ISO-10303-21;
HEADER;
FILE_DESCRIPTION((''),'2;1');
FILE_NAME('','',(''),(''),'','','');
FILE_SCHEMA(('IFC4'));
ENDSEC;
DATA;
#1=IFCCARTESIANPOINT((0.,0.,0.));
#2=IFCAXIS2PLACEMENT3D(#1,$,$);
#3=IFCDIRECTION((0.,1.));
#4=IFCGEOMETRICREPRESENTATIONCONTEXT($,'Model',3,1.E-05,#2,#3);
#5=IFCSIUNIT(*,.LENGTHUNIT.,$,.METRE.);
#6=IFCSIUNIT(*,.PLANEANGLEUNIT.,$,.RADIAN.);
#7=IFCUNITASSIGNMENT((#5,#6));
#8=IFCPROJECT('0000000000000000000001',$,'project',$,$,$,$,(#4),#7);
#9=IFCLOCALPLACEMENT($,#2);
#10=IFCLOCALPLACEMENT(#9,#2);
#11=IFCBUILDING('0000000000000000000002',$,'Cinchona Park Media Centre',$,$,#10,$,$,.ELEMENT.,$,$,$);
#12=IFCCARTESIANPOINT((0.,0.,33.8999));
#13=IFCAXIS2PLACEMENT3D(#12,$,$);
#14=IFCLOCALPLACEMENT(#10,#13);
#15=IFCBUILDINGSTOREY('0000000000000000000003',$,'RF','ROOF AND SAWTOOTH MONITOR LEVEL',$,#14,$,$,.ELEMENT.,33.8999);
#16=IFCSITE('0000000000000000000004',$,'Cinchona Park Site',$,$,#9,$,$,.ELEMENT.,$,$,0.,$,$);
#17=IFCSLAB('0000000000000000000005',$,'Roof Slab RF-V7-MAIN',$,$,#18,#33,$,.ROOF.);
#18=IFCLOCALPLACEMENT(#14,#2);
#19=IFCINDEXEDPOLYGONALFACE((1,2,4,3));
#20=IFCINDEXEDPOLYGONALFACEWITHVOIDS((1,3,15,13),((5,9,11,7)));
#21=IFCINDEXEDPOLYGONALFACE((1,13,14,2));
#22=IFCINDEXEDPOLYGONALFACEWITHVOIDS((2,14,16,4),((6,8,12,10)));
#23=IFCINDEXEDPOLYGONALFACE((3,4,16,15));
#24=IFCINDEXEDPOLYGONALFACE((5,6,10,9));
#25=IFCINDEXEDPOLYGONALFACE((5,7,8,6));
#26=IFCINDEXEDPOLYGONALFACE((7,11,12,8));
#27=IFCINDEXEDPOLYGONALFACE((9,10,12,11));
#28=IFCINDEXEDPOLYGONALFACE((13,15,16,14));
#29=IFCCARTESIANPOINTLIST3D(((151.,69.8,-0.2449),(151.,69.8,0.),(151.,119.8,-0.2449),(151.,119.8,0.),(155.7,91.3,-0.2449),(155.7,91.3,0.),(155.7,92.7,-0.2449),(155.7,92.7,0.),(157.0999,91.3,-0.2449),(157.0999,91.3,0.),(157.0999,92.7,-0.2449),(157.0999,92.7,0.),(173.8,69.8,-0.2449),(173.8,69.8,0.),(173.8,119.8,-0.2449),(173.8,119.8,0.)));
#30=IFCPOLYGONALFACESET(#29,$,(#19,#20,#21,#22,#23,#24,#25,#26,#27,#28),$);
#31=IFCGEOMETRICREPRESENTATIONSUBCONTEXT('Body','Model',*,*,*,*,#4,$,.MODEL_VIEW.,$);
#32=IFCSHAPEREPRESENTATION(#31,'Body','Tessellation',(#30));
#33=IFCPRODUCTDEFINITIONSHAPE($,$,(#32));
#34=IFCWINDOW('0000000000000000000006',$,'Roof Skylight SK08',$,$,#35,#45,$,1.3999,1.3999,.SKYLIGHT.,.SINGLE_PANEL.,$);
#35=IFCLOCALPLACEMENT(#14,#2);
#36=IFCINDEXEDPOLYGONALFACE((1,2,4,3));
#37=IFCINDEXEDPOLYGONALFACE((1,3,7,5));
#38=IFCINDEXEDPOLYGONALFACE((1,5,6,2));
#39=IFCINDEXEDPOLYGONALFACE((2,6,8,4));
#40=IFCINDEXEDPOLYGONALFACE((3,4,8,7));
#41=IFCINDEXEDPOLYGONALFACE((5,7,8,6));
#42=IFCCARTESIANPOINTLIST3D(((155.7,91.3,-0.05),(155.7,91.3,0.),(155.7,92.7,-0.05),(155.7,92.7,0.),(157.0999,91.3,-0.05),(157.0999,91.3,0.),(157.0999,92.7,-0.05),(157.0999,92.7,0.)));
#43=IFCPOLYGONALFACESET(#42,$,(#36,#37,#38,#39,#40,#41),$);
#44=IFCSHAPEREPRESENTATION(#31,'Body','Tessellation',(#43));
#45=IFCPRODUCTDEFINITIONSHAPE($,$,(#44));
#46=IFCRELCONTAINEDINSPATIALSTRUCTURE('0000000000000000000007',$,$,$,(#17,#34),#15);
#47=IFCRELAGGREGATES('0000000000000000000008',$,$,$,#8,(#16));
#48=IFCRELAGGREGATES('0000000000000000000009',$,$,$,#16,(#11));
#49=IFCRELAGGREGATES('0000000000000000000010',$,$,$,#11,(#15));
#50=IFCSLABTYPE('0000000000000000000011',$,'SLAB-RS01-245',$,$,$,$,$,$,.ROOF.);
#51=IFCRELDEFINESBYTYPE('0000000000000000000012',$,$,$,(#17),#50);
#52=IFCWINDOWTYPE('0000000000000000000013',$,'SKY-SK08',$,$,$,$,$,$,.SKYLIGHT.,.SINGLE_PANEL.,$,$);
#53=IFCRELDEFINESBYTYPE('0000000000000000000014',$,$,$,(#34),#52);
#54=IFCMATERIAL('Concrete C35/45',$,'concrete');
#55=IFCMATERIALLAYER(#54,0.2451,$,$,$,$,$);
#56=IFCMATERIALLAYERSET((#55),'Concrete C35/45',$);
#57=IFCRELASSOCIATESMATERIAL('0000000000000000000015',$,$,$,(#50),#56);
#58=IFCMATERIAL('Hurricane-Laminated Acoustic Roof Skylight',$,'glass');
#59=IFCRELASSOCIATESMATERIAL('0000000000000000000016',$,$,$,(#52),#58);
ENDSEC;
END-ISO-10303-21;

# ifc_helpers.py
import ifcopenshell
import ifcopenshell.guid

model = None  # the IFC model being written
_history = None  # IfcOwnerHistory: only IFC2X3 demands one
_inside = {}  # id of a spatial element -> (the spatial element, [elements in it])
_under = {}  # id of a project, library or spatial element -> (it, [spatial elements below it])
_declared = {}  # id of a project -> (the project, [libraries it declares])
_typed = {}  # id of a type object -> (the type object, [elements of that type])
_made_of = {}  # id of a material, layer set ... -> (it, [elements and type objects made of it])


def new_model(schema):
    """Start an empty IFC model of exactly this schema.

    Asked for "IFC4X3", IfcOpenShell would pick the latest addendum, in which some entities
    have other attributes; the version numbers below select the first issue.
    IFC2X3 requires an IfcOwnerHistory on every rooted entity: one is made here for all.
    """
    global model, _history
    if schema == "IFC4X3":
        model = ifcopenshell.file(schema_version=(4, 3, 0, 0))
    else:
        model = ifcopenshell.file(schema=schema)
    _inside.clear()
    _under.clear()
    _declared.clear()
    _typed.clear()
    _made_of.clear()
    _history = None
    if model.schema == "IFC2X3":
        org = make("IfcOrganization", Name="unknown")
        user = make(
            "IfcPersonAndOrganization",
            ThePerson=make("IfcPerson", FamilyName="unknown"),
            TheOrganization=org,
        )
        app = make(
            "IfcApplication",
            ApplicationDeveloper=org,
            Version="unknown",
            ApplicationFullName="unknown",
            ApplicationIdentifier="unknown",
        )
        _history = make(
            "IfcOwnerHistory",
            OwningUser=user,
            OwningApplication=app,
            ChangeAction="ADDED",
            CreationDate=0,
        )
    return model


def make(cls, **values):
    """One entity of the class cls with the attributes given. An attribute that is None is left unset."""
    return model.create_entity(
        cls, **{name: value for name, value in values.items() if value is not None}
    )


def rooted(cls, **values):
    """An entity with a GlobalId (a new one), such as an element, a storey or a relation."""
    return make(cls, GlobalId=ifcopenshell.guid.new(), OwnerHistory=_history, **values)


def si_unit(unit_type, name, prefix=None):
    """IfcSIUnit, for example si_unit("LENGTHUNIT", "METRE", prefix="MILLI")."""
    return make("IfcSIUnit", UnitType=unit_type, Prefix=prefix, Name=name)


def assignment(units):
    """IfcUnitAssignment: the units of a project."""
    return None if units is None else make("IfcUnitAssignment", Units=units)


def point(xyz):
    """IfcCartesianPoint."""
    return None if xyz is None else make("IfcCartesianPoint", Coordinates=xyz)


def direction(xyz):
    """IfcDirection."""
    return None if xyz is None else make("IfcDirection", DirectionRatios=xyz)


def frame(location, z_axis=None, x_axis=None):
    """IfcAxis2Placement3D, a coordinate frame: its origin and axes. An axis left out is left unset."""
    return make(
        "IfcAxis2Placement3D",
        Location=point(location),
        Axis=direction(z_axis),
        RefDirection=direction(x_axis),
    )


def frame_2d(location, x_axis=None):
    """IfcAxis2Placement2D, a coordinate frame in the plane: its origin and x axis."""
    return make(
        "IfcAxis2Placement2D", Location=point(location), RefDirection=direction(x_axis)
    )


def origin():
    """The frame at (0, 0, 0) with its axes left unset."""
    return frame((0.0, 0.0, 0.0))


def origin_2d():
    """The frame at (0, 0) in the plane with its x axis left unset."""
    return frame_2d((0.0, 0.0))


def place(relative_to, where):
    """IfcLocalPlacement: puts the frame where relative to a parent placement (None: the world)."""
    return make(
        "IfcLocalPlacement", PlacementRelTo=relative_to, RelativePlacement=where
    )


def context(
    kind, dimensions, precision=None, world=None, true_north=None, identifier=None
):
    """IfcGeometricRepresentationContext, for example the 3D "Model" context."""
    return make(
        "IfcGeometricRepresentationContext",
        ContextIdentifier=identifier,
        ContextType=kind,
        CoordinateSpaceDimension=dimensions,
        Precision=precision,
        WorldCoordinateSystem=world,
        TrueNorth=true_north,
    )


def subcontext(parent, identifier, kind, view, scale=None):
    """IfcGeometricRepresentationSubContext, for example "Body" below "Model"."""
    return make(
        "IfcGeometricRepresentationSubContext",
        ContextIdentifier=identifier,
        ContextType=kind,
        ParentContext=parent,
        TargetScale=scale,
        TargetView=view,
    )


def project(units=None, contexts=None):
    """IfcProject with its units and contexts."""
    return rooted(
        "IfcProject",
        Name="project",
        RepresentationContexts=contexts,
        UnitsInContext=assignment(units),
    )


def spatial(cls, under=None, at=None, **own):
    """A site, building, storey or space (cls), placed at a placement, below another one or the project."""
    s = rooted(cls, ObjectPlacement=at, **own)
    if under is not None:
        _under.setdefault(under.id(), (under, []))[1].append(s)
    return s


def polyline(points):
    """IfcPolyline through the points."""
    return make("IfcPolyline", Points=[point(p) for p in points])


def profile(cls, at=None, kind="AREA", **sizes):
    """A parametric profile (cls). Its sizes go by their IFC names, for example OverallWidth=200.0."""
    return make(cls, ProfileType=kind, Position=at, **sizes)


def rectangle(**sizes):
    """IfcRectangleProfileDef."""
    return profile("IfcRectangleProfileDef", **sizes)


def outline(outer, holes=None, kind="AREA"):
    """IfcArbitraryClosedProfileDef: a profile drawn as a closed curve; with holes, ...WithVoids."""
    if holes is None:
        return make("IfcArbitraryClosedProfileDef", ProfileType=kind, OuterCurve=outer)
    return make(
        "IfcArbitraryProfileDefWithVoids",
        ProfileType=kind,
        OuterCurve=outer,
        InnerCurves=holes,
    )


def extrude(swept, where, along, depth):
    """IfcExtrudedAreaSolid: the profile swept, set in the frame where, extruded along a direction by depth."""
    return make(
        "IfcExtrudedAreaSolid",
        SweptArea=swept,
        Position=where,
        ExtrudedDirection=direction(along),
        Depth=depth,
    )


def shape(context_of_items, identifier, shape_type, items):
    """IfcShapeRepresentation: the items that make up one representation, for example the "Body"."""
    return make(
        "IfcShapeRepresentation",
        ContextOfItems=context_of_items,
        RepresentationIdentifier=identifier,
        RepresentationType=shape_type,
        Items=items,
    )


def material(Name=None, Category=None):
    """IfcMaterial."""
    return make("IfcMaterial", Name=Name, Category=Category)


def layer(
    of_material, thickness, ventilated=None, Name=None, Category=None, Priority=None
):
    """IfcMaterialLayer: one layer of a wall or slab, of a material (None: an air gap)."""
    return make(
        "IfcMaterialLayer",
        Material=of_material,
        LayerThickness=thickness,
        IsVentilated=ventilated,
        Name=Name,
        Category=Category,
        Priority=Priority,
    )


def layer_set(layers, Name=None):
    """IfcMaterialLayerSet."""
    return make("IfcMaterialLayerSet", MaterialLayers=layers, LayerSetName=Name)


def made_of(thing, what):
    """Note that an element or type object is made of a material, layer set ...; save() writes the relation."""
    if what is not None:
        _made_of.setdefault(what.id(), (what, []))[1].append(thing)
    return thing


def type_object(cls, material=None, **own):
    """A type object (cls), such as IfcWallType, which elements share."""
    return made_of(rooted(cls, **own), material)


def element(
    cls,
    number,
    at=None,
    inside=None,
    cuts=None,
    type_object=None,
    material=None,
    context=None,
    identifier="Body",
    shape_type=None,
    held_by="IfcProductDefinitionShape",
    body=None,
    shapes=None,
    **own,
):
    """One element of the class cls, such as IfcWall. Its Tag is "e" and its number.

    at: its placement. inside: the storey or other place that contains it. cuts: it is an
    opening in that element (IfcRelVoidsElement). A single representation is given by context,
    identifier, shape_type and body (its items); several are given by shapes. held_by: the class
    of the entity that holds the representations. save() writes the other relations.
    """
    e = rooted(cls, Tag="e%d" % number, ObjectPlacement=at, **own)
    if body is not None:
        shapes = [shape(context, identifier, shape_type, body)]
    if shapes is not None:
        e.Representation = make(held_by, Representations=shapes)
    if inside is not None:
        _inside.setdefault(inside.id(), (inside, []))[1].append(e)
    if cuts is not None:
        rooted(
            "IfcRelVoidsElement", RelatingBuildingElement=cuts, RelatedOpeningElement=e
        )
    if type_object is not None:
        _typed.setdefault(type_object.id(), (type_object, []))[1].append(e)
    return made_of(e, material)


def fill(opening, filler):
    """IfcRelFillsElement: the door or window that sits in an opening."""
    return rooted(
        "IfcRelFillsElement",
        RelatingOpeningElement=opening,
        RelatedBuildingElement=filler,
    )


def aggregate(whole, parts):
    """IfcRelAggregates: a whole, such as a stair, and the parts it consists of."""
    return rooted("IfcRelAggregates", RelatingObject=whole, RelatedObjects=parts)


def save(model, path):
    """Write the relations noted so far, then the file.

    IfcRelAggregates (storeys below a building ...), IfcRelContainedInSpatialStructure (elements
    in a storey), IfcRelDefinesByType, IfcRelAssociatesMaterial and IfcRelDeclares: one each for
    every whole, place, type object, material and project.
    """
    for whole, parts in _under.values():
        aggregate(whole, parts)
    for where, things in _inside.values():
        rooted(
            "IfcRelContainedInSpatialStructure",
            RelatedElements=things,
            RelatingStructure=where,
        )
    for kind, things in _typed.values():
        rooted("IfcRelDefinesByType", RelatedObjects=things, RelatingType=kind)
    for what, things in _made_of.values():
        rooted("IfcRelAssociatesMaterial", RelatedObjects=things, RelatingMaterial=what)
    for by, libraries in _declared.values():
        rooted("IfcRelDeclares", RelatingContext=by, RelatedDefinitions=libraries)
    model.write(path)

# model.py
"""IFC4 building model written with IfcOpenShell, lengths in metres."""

from ifc_helpers import new_model, si_unit, direction, frame, origin, origin_2d, place, context, subcontext, project, spatial, polyline, rectangle, outline, extrude, material, layer, layer_set, type_object, element, fill, save


model = new_model("IFC4")

# Units and contexts
model_context = context("Model", 3, precision=1e-05, world=origin(), true_north=direction((0.0, 1.0)))
body_context = subcontext(model_context, "Body", "Model", "MODEL_VIEW")
ifc_project = project(units=[si_unit("LENGTHUNIT", "METRE"), si_unit("PLANEANGLEUNIT", "RADIAN")], contexts=[model_context])

# Site, building, storey
site_placement = place(None, origin())
site = spatial("IfcSite", under=ifc_project, at=site_placement, Name="Cinchona Park Site", CompositionType="ELEMENT", RefElevation=0.0)
building_placement = place(site_placement, origin())
building = spatial("IfcBuilding", under=site, at=building_placement, Name="Cinchona Park Media Centre", CompositionType="ELEMENT")
storey_placement = place(building_placement, frame((0.0, 0.0, 33.8999)))
storey = spatial("IfcBuildingStorey", under=building, at=storey_placement, Name="RF", Description="ROOF AND SAWTOOTH MONITOR LEVEL", CompositionType="ELEMENT", Elevation=33.8999)

# Slab, opening, window
ifc_material_1 = material(Name="Concrete C35/45", Category="concrete")
ifc_layer = layer(ifc_material_1, 0.2451)
ifc_layer_set = layer_set([ifc_layer], Name="Concrete C35/45")
slab_type = type_object("IfcSlabType", Name="SLAB-RS01-245", PredefinedType="ROOF", material=ifc_layer_set)
slab_placement = place(storey_placement, frame((0.0, 0.0, -0.2449)))
slab = element("IfcSlab", 1, at=slab_placement, inside=storey, type_object=slab_type, Name="Roof Slab RF-V7-MAIN", PredefinedType="ROOF", context=body_context, shape_type="SweptSolid", body=[
    extrude(outline(polyline([(151.0, 69.8), (173.8, 69.8), (173.8, 119.8), (151.0, 119.8), (151.0, 69.8)])), origin(), (0.0, 0.0, 1.0), 0.2449),
])
opening_placement = place(slab_placement, frame((156.3999, 92.0, 0.0)))
opening = element("IfcOpeningElement", 2, at=opening_placement, cuts=slab, PredefinedType="OPENING", context=body_context, shape_type="SweptSolid", body=[
    extrude(rectangle(XDim=1.3999, YDim=1.3999, at=origin_2d()), origin(), (0.0, 0.0, 1.0), 0.2449),
])
ifc_material_2 = material(Name="Hurricane-Laminated Acoustic Roof Skylight", Category="glass")
window_type = type_object("IfcWindowType", Name="SKY-SK08", PartitioningType="SINGLE_PANEL", PredefinedType="SKYLIGHT", material=ifc_material_2)
window_placement = place(opening_placement, frame((0.0, 0.0, 0.1948)))
window = element("IfcWindow", 3, at=window_placement, inside=storey, type_object=window_type, Name="Roof Skylight SK08", OverallHeight=1.3999, OverallWidth=1.3999, PartitioningType="SINGLE_PANEL", PredefinedType="SKYLIGHT", context=body_context, shape_type="SweptSolid", body=[
    extrude(rectangle(XDim=1.3999, YDim=1.3999, at=origin_2d()), origin(), (0.0, 0.0, 1.0), 0.05),
])
fill(opening, window)

save(model, "model.ifc")
